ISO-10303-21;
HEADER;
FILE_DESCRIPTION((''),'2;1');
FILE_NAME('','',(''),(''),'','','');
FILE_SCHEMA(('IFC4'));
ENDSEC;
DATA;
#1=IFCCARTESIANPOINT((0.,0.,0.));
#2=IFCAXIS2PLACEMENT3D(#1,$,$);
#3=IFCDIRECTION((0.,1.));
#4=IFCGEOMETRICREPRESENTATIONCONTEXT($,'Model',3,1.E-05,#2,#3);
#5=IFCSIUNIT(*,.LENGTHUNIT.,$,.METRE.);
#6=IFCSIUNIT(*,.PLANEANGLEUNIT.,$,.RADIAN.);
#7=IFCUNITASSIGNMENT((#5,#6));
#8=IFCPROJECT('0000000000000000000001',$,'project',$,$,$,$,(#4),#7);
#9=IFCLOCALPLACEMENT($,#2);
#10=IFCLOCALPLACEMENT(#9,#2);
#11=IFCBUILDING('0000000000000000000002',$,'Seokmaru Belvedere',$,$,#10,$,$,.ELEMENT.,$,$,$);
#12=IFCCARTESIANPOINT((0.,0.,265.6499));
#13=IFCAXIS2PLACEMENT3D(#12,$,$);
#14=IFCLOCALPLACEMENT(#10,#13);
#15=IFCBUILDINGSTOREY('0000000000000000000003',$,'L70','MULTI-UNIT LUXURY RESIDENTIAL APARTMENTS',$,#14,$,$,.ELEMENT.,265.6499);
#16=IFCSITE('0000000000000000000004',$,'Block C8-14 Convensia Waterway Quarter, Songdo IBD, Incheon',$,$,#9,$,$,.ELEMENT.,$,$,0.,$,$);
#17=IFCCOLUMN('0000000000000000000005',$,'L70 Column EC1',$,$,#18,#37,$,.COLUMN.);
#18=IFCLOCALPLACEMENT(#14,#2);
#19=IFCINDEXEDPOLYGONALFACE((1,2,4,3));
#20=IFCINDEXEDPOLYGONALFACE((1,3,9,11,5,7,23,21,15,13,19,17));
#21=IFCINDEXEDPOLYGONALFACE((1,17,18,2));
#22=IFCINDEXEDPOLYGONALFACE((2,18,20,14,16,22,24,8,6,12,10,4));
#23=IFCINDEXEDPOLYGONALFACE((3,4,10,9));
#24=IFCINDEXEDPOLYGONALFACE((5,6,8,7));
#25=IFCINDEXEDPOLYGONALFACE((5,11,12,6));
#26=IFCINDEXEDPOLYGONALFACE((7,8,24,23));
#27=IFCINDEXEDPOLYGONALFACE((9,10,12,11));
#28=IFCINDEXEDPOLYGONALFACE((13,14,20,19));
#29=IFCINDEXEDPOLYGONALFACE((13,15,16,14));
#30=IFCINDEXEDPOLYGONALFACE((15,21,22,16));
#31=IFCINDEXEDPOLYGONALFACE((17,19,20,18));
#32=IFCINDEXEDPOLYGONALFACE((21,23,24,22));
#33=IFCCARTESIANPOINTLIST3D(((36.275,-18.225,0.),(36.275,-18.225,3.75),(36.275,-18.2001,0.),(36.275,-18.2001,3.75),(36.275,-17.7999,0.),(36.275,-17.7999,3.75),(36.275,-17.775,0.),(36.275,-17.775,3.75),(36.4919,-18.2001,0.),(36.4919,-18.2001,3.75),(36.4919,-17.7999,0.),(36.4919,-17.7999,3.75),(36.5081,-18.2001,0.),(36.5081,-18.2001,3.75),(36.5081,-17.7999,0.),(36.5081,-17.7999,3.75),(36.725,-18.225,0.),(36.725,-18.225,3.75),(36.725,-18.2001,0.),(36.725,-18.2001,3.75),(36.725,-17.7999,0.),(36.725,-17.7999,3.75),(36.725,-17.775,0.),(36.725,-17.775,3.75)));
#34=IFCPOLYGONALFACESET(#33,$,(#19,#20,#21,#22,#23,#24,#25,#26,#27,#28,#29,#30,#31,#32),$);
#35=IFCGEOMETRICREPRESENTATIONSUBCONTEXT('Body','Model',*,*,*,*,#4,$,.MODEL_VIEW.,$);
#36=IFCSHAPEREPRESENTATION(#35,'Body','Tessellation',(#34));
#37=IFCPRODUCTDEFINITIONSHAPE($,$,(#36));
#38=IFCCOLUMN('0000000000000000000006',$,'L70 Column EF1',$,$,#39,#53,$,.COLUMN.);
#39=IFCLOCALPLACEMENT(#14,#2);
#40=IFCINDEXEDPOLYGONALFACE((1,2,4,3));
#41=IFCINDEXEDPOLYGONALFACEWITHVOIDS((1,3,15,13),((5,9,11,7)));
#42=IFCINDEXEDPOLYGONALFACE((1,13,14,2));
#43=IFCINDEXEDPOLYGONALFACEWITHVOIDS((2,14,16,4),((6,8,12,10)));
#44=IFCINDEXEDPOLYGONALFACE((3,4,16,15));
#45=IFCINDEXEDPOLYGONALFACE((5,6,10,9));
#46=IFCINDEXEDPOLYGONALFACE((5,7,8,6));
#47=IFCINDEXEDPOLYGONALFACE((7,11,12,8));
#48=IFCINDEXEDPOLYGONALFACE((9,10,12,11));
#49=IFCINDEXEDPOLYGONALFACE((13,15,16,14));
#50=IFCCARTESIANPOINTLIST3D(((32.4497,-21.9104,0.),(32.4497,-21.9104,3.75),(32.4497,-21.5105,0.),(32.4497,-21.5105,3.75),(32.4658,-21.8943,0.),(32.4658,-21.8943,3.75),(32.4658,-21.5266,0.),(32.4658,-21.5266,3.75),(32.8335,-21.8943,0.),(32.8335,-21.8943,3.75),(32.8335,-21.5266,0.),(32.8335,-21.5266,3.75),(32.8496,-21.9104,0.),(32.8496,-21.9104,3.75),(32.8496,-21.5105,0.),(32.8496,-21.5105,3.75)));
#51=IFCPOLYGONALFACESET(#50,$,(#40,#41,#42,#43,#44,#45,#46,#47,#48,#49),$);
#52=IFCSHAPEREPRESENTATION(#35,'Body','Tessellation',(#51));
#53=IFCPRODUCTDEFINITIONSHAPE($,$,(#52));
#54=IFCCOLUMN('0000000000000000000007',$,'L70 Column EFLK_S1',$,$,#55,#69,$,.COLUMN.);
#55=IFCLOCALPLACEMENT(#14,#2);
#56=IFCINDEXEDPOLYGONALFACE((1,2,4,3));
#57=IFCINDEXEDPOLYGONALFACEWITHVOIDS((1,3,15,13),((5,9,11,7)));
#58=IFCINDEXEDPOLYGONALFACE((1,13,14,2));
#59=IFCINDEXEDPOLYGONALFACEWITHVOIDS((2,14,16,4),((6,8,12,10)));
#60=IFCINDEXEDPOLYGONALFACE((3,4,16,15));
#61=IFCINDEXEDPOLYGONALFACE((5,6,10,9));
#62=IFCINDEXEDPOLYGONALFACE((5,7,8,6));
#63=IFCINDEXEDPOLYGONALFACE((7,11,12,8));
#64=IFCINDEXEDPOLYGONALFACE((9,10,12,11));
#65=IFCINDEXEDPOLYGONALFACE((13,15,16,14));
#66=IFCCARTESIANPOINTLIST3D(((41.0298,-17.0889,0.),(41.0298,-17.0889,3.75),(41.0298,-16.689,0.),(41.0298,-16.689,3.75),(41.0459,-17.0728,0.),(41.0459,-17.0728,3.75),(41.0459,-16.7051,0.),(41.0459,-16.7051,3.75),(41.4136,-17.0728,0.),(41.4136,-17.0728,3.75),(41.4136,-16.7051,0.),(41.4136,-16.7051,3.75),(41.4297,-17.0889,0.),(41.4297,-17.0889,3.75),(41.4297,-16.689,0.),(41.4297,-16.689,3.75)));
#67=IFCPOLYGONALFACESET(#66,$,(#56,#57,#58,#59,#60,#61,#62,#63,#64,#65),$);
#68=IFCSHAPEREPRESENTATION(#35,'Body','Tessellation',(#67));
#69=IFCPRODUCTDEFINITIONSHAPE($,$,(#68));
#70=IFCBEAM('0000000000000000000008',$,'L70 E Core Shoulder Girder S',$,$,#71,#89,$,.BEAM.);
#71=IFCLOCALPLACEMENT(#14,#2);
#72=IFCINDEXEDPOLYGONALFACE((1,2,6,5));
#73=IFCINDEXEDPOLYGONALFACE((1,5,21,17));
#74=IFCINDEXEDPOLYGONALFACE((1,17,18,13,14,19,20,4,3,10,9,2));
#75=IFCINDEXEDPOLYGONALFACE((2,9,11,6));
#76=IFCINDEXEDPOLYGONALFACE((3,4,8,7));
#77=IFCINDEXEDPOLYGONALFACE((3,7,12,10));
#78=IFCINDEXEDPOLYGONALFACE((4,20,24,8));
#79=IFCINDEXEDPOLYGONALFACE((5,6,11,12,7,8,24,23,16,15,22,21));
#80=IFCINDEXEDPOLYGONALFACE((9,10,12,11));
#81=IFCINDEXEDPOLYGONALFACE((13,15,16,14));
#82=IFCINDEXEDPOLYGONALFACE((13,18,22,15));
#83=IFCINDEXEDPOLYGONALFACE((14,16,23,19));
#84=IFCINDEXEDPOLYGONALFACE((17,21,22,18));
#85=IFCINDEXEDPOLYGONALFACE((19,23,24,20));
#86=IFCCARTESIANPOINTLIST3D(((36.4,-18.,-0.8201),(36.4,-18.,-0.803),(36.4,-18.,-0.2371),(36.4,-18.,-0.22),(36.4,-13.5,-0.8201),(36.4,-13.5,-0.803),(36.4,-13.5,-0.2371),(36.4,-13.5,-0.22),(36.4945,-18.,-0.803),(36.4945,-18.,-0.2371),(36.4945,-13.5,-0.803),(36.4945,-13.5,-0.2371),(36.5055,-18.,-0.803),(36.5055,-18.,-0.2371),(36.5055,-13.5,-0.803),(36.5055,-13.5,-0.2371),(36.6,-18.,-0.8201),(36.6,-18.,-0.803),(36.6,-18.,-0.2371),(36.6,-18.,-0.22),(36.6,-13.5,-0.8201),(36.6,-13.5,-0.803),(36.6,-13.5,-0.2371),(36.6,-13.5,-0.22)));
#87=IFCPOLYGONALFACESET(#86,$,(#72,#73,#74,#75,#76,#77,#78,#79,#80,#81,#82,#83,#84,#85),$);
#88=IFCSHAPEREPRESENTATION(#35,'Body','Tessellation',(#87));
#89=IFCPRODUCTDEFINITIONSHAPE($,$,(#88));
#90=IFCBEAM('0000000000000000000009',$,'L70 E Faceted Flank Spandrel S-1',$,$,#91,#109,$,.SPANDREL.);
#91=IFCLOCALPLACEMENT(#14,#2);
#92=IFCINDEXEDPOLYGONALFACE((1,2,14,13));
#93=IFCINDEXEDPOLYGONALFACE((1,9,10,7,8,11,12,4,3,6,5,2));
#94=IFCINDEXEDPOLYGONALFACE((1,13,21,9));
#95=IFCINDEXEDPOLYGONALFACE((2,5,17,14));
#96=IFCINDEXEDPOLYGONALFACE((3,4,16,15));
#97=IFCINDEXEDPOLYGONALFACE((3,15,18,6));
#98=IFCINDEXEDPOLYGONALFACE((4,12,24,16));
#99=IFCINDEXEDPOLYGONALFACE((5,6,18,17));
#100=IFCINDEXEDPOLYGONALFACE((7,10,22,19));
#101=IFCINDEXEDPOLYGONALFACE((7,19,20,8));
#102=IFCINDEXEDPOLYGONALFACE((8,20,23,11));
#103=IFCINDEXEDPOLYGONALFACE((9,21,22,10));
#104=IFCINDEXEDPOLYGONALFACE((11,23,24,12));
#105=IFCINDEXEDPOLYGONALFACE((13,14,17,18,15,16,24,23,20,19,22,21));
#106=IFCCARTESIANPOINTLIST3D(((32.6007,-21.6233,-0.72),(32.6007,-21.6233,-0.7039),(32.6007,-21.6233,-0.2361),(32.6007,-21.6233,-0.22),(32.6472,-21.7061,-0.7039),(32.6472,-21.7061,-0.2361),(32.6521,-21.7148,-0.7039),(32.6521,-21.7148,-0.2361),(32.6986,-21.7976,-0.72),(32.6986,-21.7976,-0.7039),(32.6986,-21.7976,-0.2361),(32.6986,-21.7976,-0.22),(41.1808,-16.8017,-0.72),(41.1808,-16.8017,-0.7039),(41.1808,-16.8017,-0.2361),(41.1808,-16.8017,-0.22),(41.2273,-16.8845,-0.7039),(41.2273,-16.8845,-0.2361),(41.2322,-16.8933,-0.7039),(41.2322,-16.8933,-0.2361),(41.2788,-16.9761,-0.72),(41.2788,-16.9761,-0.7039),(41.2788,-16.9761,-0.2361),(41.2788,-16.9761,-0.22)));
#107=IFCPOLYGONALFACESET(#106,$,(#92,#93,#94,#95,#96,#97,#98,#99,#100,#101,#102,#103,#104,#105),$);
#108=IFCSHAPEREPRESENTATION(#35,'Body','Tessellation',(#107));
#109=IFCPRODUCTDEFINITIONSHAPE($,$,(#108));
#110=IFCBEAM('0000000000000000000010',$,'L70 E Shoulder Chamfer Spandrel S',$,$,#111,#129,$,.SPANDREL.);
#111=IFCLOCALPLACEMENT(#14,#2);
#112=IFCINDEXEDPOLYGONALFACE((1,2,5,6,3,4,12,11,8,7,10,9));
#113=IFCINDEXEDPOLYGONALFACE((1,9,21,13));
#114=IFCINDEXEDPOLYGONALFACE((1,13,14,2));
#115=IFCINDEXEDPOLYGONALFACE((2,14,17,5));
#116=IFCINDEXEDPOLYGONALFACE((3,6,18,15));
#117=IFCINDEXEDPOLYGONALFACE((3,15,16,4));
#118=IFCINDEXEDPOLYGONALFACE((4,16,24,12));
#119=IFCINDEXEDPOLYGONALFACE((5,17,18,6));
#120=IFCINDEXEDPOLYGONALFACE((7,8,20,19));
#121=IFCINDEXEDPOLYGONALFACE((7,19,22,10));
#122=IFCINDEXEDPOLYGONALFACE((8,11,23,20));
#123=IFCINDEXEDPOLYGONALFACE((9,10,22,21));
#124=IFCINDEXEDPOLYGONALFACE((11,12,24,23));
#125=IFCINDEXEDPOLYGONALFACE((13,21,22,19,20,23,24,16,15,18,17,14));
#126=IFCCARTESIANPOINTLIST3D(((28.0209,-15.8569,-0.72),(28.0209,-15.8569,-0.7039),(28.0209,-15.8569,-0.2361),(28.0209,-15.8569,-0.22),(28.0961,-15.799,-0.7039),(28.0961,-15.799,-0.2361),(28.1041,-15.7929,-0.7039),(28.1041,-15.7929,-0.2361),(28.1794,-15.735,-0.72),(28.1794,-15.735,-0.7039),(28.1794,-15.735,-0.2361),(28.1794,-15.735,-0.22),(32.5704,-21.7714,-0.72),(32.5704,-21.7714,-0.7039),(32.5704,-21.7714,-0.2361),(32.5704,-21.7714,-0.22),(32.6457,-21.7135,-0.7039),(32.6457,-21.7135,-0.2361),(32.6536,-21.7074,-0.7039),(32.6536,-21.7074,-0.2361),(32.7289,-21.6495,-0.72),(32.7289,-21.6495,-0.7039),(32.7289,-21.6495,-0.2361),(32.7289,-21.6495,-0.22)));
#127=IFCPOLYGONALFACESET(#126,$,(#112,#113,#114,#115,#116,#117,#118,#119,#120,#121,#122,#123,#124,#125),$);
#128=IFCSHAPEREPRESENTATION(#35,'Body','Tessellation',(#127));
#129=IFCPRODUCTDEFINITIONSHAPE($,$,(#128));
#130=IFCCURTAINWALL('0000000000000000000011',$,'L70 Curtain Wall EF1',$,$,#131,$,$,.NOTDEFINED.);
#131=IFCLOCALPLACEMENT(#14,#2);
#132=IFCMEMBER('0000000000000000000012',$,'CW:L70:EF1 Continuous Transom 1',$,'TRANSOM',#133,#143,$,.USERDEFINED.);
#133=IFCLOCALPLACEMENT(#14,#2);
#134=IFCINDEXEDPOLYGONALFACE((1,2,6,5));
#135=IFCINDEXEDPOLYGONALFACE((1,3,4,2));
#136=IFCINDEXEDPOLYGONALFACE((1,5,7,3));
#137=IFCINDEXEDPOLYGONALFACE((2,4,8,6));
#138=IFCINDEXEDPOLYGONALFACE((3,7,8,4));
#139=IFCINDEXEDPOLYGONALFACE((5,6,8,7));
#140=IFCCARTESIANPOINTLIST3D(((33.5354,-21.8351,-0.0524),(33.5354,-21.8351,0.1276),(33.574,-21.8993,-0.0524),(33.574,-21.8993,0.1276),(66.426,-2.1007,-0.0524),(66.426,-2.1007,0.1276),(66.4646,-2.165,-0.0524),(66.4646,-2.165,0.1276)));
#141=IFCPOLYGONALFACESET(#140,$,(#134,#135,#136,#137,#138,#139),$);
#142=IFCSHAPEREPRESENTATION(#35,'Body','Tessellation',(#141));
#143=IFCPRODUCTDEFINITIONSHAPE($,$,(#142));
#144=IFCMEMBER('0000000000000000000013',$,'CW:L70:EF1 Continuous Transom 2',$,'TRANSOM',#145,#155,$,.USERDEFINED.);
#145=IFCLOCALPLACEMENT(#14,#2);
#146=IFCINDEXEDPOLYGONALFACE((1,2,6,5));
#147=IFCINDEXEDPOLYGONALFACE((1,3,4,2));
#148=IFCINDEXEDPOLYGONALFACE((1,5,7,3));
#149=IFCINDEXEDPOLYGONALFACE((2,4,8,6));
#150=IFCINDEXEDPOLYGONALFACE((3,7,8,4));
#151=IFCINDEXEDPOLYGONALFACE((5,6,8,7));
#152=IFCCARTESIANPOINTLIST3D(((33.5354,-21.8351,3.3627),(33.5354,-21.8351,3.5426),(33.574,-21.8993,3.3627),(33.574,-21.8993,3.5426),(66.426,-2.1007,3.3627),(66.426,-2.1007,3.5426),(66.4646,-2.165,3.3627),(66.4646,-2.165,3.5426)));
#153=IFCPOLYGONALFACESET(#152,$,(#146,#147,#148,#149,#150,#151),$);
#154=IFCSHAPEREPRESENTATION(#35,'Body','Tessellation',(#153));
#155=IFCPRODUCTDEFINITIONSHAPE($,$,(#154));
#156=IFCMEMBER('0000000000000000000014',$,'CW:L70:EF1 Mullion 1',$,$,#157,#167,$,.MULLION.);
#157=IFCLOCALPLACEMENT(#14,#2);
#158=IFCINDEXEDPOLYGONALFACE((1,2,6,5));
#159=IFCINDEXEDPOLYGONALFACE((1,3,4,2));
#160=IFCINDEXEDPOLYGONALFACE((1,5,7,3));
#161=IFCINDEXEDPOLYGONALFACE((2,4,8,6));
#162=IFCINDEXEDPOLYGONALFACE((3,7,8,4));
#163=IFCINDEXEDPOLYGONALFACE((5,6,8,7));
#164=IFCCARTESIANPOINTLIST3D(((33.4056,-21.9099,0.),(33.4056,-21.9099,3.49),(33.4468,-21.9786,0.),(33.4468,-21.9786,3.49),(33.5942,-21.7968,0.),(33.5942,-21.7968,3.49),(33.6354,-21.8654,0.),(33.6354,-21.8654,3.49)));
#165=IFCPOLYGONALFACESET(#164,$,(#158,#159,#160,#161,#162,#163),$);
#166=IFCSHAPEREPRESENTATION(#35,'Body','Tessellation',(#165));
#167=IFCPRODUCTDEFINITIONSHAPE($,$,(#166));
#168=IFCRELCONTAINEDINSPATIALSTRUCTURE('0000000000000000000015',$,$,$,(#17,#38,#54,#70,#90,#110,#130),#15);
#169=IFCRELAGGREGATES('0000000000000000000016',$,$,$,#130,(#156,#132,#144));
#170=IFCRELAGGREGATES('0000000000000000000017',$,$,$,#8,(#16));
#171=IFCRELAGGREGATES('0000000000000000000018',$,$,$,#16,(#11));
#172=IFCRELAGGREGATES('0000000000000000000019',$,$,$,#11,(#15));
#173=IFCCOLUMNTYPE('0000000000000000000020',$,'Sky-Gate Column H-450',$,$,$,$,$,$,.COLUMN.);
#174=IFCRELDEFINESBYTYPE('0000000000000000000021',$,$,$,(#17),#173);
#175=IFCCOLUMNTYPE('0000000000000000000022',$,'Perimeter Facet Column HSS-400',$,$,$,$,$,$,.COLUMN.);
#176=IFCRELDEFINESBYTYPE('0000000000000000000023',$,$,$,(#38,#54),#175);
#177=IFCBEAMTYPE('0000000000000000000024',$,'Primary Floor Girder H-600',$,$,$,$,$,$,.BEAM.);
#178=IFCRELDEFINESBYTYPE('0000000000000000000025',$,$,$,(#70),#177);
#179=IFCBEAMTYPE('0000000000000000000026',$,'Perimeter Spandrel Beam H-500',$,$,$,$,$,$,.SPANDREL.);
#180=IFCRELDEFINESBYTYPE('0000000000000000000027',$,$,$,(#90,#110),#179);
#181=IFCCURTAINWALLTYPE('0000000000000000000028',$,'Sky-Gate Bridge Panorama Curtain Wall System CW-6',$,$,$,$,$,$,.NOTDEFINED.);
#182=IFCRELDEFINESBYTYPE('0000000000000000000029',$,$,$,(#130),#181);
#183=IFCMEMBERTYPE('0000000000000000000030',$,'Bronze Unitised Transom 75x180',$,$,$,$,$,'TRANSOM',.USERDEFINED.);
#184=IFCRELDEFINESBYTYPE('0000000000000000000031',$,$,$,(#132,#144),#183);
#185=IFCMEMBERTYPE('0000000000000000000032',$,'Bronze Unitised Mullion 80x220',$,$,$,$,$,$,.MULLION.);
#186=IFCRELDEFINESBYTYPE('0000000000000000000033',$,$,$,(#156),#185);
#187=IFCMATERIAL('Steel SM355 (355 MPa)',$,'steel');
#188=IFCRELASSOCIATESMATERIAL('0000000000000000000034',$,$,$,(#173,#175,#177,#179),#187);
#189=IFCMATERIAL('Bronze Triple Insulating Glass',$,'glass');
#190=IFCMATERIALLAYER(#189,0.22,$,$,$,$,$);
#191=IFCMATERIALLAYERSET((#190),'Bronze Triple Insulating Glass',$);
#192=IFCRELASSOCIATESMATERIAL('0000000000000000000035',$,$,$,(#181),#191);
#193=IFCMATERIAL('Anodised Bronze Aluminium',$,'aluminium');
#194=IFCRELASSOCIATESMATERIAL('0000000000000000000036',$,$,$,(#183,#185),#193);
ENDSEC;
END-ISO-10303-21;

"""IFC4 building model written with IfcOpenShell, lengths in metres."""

from ifc_helpers import new_model, si_unit, direction, frame, origin, origin_2d, place, context, subcontext, project, spatial, rectangle, hollow_rectangle, i_section, extrude, source, transform, mapped, material, layer, layer_set, material_profile, profile_set, type_object, type_shapes, element, aggregate, save


model = new_model("IFC4")

# Units and contexts
model_context = context("Model", 3, precision=1e-05, world=origin(), true_north=direction((0.0, 1.0)))
body_context = subcontext(model_context, "Body", "Model", "MODEL_VIEW")
ifc_project = project(units=[si_unit("LENGTHUNIT", "METRE"), si_unit("PLANEANGLEUNIT", "RADIAN")], contexts=[model_context])

# Site, building, storey
site_placement = place(None, origin())
site = spatial("IfcSite", under=ifc_project, at=site_placement, Name="Block C8-14 Convensia Waterway Quarter, Songdo IBD, Incheon", CompositionType="ELEMENT", RefElevation=0.0)
building_placement = place(site_placement, origin())
building = spatial("IfcBuilding", under=site, at=building_placement, Name="Seokmaru Belvedere", CompositionType="ELEMENT")
storey_placement = place(building_placement, frame((0.0, 0.0, 265.6499)))
storey = spatial("IfcBuildingStorey", under=building, at=storey_placement, Name="L70", Description="MULTI-UNIT LUXURY RESIDENTIAL APARTMENTS", CompositionType="ELEMENT", Elevation=265.6499)

# Columns
ifc_material_1 = material(Name="Steel SM355 (355 MPa)", Category="steel")
ifc_material_profile_1 = material_profile(ifc_material_1, i_section(OverallWidth=0.45, OverallDepth=0.45, WebThickness=0.0161, FlangeThickness=0.0249, at=origin_2d()), Name="H-450x450x16x25")
ifc_profile_set_1 = profile_set([ifc_material_profile_1], Name="Steel SM355 (355 MPa)")
column_type_1 = type_object("IfcColumnType", Name="Sky-Gate Column H-450", PredefinedType="COLUMN", material=ifc_profile_set_1)
shared_shape_1 = source(origin(), body_context, "Body", "SweptSolid", [
    extrude(i_section(OverallWidth=0.45, OverallDepth=0.45, WebThickness=0.0161, FlangeThickness=0.0249, at=origin_2d()), origin(), (0.0, 0.0, 1.0), 3.75),
])
type_shapes(column_type_1, [shared_shape_1])
column_placement = place(storey_placement, frame((36.5, -18.0, 0.0), z_axis=(0.0, 0.0, 1.0), x_axis=(1.0, 0.0, 0.0)))
element("IfcColumn", 1, at=column_placement, inside=storey, type_object=column_type_1, Name="L70 Column EC1", PredefinedType="COLUMN", context=body_context, shape_type="MappedRepresentation", body=[
    mapped(shared_shape_1, transform((0.0, 0.0, 0.0), scale=1.0)),
])
ifc_material_profile_2 = material_profile(ifc_material_1, hollow_rectangle(XDim=0.3999, YDim=0.3999, WallThickness=0.0161, at=origin_2d()), Name="HSS-400x400x16")
ifc_profile_set_2 = profile_set([ifc_material_profile_2], Name="Steel SM355 (355 MPa)")
column_type_2 = type_object("IfcColumnType", Name="Perimeter Facet Column HSS-400", PredefinedType="COLUMN", material=ifc_profile_set_2)
shared_shape_2 = source(origin(), body_context, "Body", "SweptSolid", [
    extrude(hollow_rectangle(XDim=0.3999, YDim=0.3999, WallThickness=0.0161, at=origin_2d()), origin(), (0.0, 0.0, 1.0), 3.75),
])
type_shapes(column_type_2, [shared_shape_2])
for number, where, z_axis, x_axis, name in (
    (2, (32.6497, -21.7104, 0.0), (0.0, 0.0, 1.0), (1.0, 0.0, 0.0), "L70 Column EF1"),
    (3, (41.2297, -16.8889, 0.0), (0.0, 0.0, 1.0), (1.0, 0.0, 0.0), "L70 Column EFLK_S1"),
):
    element("IfcColumn", number, at=place(storey_placement, frame(where, z_axis=z_axis, x_axis=x_axis)), inside=storey, type_object=column_type_2, Name=name, PredefinedType="COLUMN", context=body_context, shape_type="MappedRepresentation", body=[
        mapped(shared_shape_2, transform((0.0, 0.0, 0.0), scale=1.0)),
    ])

# Beams
ifc_material_profile_3 = material_profile(ifc_material_1, i_section(OverallWidth=0.2, OverallDepth=0.6001, WebThickness=0.011, FlangeThickness=0.0171, at=origin_2d()), Name="H-600x200x11x17")
ifc_profile_set_3 = profile_set([ifc_material_profile_3], Name="Steel SM355 (355 MPa)")
beam_type_1 = type_object("IfcBeamType", Name="Primary Floor Girder H-600", PredefinedType="BEAM", material=ifc_profile_set_3)
shared_shape_3 = source(origin(), body_context, "Body", "SweptSolid", [
    extrude(i_section(OverallWidth=0.2, OverallDepth=0.6001, WebThickness=0.011, FlangeThickness=0.0171, at=origin_2d()), origin(), (0.0, 0.0, 1.0), 4.5),
])
type_shapes(beam_type_1, [shared_shape_3])
beam_1_placement = place(storey_placement, frame((36.5, -18.0, -0.52), z_axis=(0.0, 1.0, 0.0), x_axis=(-1.0, 0.0, 0.0)))
element("IfcBeam", 4, at=beam_1_placement, inside=storey, type_object=beam_type_1, Name="L70 E Core Shoulder Girder S", PredefinedType="BEAM", context=body_context, shape_type="MappedRepresentation", body=[
    mapped(shared_shape_3, transform((0.0, 0.0, 0.0), scale=1.0)),
])
ifc_material_profile_4 = material_profile(ifc_material_1, i_section(OverallWidth=0.2, OverallDepth=0.5, WebThickness=0.01, FlangeThickness=0.0161, at=origin_2d()), Name="H-500x200x10x16")
ifc_profile_set_4 = profile_set([ifc_material_profile_4], Name="Steel SM355 (355 MPa)")
beam_type_2 = type_object("IfcBeamType", Name="Perimeter Spandrel Beam H-500", PredefinedType="SPANDREL", material=ifc_profile_set_4)
shared_shape_4 = source(origin(), body_context, "Body", "SweptSolid", [
    extrude(i_section(OverallWidth=0.2, OverallDepth=0.5, WebThickness=0.01, FlangeThickness=0.0161, at=origin_2d()), origin(), (0.0, 0.0, 1.0), 9.842),
])
beam_2_placement = place(storey_placement, frame((32.6497, -21.7104, -0.47), z_axis=(0.871782, 0.489894, 0.0), x_axis=(-0.489894, 0.871782, 0.0)))
element("IfcBeam", 5, at=beam_2_placement, inside=storey, type_object=beam_type_2, Name="L70 E Faceted Flank Spandrel S-1", PredefinedType="SPANDREL", context=body_context, shape_type="MappedRepresentation", body=[
    mapped(shared_shape_4, transform((0.0, 0.0, 0.0), scale=1.0)),
])
shared_shape_5 = source(origin(), body_context, "Body", "SweptSolid", [
    extrude(i_section(OverallWidth=0.2, OverallDepth=0.5, WebThickness=0.01, FlangeThickness=0.0161, at=origin_2d()), origin(), (0.0, 0.0, 1.0), 7.4619),
])
type_shapes(beam_type_2, [shared_shape_4, shared_shape_5])
beam_3_placement = place(storey_placement, frame((32.6497, -21.7104, -0.47), z_axis=(-0.609703, 0.79263, 0.0), x_axis=(-0.79263, -0.609703, 0.0)))
element("IfcBeam", 6, at=beam_3_placement, inside=storey, type_object=beam_type_2, Name="L70 E Shoulder Chamfer Spandrel S", PredefinedType="SPANDREL", context=body_context, shape_type="MappedRepresentation", body=[
    mapped(shared_shape_5, transform((0.0, 0.0, 0.0), scale=1.0)),
])

# Curtain wall, members
ifc_material_2 = material(Name="Bronze Triple Insulating Glass", Category="glass")
ifc_layer_1 = layer(ifc_material_2, 0.22)
ifc_layer_set_1 = layer_set([ifc_layer_1], Name="Bronze Triple Insulating Glass")
curtain_wall_type = type_object("IfcCurtainWallType", Name="Sky-Gate Bridge Panorama Curtain Wall System CW-6", PredefinedType="NOTDEFINED", material=ifc_layer_set_1)
curtain_wall_1_placement = place(storey_placement, origin())
curtain_wall_1 = element("IfcCurtainWall", 7, at=curtain_wall_1_placement, inside=storey, type_object=curtain_wall_type, Name="L70 Curtain Wall EF1", PredefinedType="NOTDEFINED")
ifc_material_3 = material(Name="Anodised Bronze Aluminium", Category="aluminium")
ifc_material_profile_5 = material_profile(ifc_material_3, rectangle(XDim=0.075, YDim=0.1799, at=origin_2d()), Name="CW-T-75x180")
ifc_profile_set_5 = profile_set([ifc_material_profile_5], Name="Anodised Bronze Aluminium")
member_type_1 = type_object("IfcMemberType", Name="Bronze Unitised Transom 75x180", ElementType="TRANSOM", PredefinedType="USERDEFINED", material=ifc_profile_set_5)
shared_shape_6 = source(origin(), body_context, "Body", "SweptSolid", [
    extrude(rectangle(XDim=0.075, YDim=0.1799, at=origin_2d()), origin(), (0.0, 0.0, 1.0), 38.3567),
])
type_shapes(member_type_1, [shared_shape_6])
member_1_placement = place(storey_placement, frame((33.5547, -21.8672, 0.0376), z_axis=(0.857493, 0.514496, 0.0), x_axis=(-0.514496, 0.857493, 0.0)))
member_1 = element("IfcMember", 8, at=member_1_placement, type_object=member_type_1, Name="CW:L70:EF1 Continuous Transom 1", ObjectType="TRANSOM", PredefinedType="USERDEFINED", context=body_context, shape_type="MappedRepresentation", body=[
    mapped(shared_shape_6, transform((0.0, 0.0, 0.0), scale=1.0)),
])
member_2_placement = place(storey_placement, frame((33.5547, -21.8672, 3.4526), z_axis=(0.857493, 0.514496, 0.0), x_axis=(-0.514496, 0.857493, 0.0)))
member_2 = element("IfcMember", 9, at=member_2_placement, type_object=member_type_1, Name="CW:L70:EF1 Continuous Transom 2", ObjectType="TRANSOM", PredefinedType="USERDEFINED", context=body_context, shape_type="MappedRepresentation", body=[
    mapped(shared_shape_6, transform((0.0, 0.0, 0.0), scale=1.0)),
])
ifc_material_profile_6 = material_profile(ifc_material_3, rectangle(XDim=0.0801, YDim=0.22, at=origin_2d()), Name="CW-M-80x220")
ifc_profile_set_6 = profile_set([ifc_material_profile_6], Name="Anodised Bronze Aluminium")
member_type_2 = type_object("IfcMemberType", Name="Bronze Unitised Mullion 80x220", PredefinedType="MULLION", material=ifc_profile_set_6)
shared_shape_7 = source(origin(), body_context, "Body", "SweptSolid", [
    extrude(rectangle(XDim=0.0801, YDim=0.22, at=origin_2d()), origin(), (0.0, 0.0, 1.0), 3.49),
])
member_3_placement = place(storey_placement, frame((33.5205, -21.8877, 0.0), z_axis=(0.0, 0.0, 1.0), x_axis=(-0.514495, 0.857493, 0.0)))
member_3 = element("IfcMember", 10, at=member_3_placement, type_object=member_type_2, Name="CW:L70:EF1 Mullion 1", PredefinedType="MULLION", context=body_context, shape_type="MappedRepresentation", body=[
    mapped(shared_shape_7, transform((0.0, 0.0, 0.0), scale=1.0)),
])

aggregate(curtain_wall_1, [member_3, member_1, member_2])

save(model, "model.ifc")
